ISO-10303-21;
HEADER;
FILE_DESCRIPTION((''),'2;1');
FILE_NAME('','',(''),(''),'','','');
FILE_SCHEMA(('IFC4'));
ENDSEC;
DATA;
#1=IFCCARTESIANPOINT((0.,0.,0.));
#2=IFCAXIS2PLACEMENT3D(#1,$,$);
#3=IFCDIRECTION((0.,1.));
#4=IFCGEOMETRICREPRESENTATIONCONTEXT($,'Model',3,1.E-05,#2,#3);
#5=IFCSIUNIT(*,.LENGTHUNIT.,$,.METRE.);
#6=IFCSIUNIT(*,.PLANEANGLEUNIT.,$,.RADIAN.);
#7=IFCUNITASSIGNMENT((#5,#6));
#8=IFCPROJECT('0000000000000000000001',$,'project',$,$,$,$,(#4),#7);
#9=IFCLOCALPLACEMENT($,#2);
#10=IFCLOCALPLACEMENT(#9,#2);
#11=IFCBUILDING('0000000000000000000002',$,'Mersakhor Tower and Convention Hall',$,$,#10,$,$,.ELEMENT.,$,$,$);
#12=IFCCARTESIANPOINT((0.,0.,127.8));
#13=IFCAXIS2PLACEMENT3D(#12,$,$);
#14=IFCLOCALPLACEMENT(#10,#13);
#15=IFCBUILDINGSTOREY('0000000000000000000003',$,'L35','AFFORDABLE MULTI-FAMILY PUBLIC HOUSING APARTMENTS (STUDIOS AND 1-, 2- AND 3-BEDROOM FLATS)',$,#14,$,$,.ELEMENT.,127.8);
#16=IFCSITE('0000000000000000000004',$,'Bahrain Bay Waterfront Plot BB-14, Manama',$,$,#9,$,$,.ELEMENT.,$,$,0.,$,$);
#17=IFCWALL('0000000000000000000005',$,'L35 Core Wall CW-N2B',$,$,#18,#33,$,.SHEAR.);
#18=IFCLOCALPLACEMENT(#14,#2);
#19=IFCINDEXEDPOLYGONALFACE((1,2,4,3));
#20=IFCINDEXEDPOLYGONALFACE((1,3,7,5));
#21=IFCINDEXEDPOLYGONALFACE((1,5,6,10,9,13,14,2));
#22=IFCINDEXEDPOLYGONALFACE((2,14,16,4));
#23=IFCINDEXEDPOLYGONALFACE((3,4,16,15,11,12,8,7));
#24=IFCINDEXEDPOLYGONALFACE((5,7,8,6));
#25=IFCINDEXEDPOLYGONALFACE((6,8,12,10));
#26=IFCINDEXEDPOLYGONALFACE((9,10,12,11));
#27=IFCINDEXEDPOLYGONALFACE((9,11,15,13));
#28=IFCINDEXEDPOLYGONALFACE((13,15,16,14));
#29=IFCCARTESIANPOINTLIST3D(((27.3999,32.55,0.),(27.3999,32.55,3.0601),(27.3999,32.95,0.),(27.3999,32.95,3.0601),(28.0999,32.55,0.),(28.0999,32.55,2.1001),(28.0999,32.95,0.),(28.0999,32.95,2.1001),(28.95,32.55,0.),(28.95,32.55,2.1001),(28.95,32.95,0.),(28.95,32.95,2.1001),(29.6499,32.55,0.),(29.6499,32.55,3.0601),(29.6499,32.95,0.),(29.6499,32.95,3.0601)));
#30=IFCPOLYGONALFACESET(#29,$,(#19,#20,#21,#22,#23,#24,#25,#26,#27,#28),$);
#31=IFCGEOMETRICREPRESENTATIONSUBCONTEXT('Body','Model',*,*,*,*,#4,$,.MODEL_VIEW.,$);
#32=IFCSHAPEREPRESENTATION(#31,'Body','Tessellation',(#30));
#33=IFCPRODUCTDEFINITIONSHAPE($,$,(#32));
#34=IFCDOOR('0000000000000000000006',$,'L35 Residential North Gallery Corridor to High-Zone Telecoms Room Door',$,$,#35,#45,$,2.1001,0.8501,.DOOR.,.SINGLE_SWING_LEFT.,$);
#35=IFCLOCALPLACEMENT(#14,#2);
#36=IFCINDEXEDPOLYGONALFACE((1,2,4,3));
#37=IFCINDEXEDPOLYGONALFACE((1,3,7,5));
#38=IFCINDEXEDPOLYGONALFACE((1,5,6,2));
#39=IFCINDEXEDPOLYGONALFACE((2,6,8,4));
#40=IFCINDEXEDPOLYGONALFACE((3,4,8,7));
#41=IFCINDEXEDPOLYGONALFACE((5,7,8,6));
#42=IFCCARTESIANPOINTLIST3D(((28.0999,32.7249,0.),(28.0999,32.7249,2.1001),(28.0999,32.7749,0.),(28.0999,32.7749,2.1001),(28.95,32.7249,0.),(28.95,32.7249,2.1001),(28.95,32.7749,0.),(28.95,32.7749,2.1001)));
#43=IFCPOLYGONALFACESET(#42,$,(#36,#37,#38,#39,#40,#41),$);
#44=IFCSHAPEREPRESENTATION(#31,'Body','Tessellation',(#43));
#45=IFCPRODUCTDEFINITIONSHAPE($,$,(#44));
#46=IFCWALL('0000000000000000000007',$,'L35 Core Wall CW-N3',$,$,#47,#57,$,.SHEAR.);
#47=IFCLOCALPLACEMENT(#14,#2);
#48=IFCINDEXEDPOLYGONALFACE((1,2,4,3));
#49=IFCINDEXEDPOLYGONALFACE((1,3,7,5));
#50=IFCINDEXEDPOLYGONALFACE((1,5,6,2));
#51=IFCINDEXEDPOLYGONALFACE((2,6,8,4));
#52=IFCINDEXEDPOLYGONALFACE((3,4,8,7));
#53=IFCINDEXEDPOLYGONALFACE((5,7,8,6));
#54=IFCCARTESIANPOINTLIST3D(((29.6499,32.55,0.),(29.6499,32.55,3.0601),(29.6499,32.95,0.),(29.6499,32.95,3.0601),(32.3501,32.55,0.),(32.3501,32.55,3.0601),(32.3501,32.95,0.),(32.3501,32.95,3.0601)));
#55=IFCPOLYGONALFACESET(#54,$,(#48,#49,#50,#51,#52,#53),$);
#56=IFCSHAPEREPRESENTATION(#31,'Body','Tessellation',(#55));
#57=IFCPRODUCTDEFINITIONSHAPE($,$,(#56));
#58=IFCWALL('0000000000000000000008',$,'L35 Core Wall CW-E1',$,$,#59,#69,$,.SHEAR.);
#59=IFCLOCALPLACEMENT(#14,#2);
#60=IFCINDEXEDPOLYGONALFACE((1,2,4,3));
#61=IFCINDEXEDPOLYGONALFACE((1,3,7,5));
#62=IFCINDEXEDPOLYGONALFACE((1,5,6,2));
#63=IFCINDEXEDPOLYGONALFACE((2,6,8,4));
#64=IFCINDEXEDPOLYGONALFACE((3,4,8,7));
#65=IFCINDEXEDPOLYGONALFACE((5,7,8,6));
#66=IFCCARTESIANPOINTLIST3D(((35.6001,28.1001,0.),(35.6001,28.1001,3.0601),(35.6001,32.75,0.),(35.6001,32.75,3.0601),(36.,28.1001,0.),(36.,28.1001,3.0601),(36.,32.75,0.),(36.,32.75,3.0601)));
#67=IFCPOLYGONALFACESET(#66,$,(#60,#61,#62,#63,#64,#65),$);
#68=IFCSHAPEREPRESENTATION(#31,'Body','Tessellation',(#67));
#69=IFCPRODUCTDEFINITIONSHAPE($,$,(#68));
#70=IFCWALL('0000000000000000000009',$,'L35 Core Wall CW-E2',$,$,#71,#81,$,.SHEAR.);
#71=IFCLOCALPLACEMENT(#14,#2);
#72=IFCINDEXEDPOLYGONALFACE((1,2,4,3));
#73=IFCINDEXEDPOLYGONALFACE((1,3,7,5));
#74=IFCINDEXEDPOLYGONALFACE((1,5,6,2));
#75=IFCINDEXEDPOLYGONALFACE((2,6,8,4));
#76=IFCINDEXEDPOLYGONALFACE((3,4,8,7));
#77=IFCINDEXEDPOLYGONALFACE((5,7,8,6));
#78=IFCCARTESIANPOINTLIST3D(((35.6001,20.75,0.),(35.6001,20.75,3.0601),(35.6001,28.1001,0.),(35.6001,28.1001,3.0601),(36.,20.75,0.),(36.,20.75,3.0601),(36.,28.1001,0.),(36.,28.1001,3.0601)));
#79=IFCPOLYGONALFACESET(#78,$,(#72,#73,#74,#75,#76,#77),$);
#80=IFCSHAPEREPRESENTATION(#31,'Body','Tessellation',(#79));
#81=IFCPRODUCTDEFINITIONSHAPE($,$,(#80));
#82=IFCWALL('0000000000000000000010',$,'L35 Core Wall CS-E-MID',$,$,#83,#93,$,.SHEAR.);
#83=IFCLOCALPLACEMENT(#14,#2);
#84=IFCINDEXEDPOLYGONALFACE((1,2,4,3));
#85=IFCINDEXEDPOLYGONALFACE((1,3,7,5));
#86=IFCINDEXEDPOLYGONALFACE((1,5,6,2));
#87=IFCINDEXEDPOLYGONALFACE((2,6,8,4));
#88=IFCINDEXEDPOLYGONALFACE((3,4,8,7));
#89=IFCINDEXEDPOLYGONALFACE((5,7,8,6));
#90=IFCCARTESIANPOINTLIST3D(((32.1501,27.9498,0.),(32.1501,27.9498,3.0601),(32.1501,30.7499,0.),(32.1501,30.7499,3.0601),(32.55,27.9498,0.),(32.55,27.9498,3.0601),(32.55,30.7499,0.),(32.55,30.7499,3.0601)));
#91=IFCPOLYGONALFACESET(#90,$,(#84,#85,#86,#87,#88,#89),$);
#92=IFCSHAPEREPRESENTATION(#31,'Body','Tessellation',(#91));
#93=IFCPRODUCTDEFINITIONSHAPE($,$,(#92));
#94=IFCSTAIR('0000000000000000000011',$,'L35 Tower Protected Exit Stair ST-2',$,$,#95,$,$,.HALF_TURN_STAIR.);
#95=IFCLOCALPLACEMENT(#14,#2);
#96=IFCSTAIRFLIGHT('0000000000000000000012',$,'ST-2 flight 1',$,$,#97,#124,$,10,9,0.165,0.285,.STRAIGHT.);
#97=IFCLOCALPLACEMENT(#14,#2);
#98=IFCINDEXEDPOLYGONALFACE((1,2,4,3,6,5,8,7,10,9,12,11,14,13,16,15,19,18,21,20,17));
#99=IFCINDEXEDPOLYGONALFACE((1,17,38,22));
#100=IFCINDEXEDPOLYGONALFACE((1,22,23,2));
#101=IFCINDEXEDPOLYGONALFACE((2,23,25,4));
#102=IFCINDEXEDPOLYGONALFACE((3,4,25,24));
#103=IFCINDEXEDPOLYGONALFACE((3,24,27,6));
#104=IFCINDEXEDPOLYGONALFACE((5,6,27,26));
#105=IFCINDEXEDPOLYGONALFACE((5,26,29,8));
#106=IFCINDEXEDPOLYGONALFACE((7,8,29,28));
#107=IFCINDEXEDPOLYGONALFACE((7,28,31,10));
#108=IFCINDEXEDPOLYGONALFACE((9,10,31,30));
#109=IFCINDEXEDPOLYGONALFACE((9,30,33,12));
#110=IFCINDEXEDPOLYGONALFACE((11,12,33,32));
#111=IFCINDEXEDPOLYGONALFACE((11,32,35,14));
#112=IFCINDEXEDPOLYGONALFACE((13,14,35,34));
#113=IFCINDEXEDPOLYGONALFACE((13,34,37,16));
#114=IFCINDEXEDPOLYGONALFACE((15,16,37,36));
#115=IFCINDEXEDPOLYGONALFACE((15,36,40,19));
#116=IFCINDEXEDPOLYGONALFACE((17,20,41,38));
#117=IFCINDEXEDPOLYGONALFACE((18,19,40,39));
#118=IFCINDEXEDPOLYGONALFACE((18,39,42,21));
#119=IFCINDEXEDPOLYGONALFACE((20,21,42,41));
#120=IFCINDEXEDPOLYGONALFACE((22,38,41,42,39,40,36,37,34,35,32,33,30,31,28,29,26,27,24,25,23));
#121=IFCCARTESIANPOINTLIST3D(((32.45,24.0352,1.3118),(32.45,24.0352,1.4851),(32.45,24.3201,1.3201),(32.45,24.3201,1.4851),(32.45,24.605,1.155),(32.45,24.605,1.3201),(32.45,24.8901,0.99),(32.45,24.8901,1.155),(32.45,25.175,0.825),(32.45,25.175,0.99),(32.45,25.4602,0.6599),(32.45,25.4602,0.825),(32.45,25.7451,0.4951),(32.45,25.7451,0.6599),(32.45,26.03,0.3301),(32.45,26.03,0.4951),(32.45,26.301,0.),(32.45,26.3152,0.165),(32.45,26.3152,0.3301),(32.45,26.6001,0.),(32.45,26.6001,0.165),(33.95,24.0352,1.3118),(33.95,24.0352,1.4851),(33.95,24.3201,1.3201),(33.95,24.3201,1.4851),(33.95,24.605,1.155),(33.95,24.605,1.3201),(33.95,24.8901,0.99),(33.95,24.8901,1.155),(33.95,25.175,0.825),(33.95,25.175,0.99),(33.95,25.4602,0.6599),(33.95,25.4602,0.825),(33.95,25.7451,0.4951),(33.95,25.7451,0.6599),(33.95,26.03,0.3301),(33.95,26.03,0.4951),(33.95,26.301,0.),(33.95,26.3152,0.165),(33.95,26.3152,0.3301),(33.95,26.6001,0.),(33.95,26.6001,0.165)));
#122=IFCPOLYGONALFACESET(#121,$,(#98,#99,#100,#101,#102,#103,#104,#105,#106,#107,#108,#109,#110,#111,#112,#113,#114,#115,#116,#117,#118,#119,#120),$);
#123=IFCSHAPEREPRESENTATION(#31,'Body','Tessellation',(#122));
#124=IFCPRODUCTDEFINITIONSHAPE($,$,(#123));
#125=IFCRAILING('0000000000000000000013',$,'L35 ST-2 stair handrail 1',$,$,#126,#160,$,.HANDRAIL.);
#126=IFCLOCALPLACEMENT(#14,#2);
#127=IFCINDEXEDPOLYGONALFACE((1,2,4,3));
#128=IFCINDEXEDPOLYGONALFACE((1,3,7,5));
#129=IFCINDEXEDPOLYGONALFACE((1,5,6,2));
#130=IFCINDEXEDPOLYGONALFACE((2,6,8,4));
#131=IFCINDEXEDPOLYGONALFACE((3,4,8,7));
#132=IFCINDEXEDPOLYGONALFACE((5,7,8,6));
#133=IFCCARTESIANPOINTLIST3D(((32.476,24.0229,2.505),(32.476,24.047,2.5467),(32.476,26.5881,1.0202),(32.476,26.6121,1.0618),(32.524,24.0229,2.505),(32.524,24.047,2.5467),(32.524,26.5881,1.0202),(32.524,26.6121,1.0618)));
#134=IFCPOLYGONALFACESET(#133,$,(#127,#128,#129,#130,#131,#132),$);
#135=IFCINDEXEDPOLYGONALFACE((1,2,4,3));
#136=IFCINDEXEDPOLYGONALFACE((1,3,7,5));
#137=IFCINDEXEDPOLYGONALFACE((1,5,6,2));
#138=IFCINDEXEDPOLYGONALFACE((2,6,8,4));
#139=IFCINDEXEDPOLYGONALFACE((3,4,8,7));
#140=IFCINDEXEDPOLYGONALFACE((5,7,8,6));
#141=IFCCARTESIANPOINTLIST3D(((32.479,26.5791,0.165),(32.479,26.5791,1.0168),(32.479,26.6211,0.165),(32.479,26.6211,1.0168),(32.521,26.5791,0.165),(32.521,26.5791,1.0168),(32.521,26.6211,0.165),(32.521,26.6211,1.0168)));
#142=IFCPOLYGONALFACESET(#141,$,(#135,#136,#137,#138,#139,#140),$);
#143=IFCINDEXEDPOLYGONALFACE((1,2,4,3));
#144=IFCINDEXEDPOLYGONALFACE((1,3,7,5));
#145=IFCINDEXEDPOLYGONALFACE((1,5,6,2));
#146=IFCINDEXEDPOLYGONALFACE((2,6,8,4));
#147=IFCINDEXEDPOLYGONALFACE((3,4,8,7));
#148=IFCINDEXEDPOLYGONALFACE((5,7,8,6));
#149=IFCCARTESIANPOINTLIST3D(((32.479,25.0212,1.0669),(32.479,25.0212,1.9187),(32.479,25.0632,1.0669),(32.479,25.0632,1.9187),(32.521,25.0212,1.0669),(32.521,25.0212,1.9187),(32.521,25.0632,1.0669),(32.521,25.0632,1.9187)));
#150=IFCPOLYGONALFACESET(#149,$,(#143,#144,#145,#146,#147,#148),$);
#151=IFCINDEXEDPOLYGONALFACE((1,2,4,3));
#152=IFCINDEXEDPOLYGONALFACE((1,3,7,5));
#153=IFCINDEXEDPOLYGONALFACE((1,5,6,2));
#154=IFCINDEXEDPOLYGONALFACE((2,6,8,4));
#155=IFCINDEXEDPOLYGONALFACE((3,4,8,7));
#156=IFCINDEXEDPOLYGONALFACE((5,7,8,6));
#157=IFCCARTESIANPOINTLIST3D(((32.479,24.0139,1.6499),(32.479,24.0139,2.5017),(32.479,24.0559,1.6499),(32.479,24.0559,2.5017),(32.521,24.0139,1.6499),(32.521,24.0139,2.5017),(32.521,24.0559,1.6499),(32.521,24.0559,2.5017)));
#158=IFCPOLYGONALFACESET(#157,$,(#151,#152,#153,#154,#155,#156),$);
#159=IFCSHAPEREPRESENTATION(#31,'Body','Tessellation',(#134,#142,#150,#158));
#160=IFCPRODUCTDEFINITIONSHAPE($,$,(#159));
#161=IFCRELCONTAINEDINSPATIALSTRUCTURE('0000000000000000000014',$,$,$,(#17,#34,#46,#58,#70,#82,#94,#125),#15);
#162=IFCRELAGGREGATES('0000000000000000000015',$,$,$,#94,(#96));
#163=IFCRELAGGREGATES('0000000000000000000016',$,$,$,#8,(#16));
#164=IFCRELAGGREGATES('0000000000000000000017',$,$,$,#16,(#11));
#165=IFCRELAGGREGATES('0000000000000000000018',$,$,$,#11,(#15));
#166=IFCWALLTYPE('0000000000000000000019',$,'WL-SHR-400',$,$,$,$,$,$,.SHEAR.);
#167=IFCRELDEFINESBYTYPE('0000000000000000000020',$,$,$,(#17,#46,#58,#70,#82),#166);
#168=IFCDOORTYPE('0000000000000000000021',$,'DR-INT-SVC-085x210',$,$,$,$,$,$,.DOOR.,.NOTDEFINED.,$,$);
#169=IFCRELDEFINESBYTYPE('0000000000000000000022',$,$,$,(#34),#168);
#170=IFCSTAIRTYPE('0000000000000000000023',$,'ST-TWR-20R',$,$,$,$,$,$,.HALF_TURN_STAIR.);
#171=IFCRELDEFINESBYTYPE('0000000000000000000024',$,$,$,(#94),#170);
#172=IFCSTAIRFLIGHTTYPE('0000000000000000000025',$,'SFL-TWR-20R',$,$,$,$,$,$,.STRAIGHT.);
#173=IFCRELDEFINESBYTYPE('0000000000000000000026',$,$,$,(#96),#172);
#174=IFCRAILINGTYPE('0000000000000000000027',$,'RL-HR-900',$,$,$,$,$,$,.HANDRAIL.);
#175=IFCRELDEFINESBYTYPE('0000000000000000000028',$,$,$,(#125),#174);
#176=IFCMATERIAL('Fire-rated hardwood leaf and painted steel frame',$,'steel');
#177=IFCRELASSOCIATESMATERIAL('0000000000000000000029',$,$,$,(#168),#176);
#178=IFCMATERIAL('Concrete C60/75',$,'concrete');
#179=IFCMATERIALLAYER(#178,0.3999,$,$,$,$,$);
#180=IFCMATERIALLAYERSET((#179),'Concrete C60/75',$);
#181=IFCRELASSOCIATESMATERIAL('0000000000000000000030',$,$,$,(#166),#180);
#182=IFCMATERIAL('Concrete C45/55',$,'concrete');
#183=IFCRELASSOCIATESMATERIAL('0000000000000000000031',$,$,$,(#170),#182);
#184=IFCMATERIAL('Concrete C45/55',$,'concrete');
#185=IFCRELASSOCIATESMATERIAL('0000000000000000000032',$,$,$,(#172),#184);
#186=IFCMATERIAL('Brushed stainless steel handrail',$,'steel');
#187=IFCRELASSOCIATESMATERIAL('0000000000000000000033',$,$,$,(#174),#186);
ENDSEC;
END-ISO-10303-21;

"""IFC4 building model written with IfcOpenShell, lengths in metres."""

from ifc_helpers import new_model, si_unit, direction, frame, frame_2d, origin, origin_2d, place, context, subcontext, project, spatial, polyline, rectangle, outline, extrude, material, layer, layer_set, type_object, element, fill, aggregate, save


model = new_model("IFC4")

# Units and contexts
model_context = context("Model", 3, precision=1e-05, world=origin(), true_north=direction((0.0, 1.0)))
body_context = subcontext(model_context, "Body", "Model", "MODEL_VIEW")
ifc_project = project(units=[si_unit("LENGTHUNIT", "METRE"), si_unit("PLANEANGLEUNIT", "RADIAN")], contexts=[model_context])

# Site, building, storey
site_placement = place(None, origin())
site = spatial("IfcSite", under=ifc_project, at=site_placement, Name="Bahrain Bay Waterfront Plot BB-14, Manama", CompositionType="ELEMENT", RefElevation=0.0)
building_placement = place(site_placement, origin())
building = spatial("IfcBuilding", under=site, at=building_placement, Name="Mersakhor Tower and Convention Hall", CompositionType="ELEMENT")
storey_placement = place(building_placement, frame((0.0, 0.0, 127.8)))
storey = spatial("IfcBuildingStorey", under=building, at=storey_placement, Name="L35", Description="AFFORDABLE MULTI-FAMILY PUBLIC HOUSING APARTMENTS (STUDIOS AND 1-, 2- AND 3-BEDROOM FLATS)", CompositionType="ELEMENT", Elevation=127.8)

# Shared definitions
ifc_material_1 = material(Name="Fire-rated hardwood leaf and painted steel frame", Category="steel")
door_type_1 = type_object("IfcDoorType", Name="DR-INT-SVC-085x210", OperationType="NOTDEFINED", PredefinedType="DOOR", material=ifc_material_1)

# Wall, opening, door
ifc_material_2 = material(Name="Concrete C60/75", Category="concrete")
ifc_layer_1 = layer(ifc_material_2, 0.3999)
ifc_layer_set_1 = layer_set([ifc_layer_1], Name="Concrete C60/75")
wall_type_1 = type_object("IfcWallType", Name="WL-SHR-400", PredefinedType="SHEAR", material=ifc_layer_set_1)
wall_1_placement = place(storey_placement, frame((27.3999, 32.75, 0.0), z_axis=(0.0, 0.0, 1.0), x_axis=(1.0, 0.0, 0.0)))
wall_1 = element("IfcWall", 1, at=wall_1_placement, inside=storey, type_object=wall_type_1, Name="L35 Core Wall CW-N2B", PredefinedType="SHEAR", context=body_context, shape_type="SweptSolid", body=[
    extrude(rectangle(XDim=2.25, YDim=0.3999, at=frame_2d((1.125, 0.0))), origin(), (0.0, 0.0, 1.0), 3.0601),
])
opening_1_placement = place(wall_1_placement, frame((0.7, 0.0, 0.0)))
opening_1 = element("IfcOpeningElement", 2, at=opening_1_placement, cuts=wall_1, PredefinedType="OPENING", context=body_context, shape_type="SweptSolid", body=[
    extrude(rectangle(XDim=0.8501, YDim=2.1001, at=frame_2d((0.425, 1.05))), frame((0.0, 0.21, 0.0), z_axis=(0.0, -1.0, 0.0), x_axis=(1.0, 0.0, 0.0)), (0.0, 0.0, 1.0), 0.4199),
])
door_1_placement = place(opening_1_placement, origin())
door_1 = element("IfcDoor", 3, at=door_1_placement, inside=storey, type_object=door_type_1, Name="L35 Residential North Gallery Corridor to High-Zone Telecoms Room Door", OperationType="SINGLE_SWING_LEFT", OverallHeight=2.1001, OverallWidth=0.8501, PredefinedType="DOOR", context=body_context, shape_type="SweptSolid", body=[
    extrude(rectangle(XDim=0.8501, YDim=2.1001, at=frame_2d((0.425, 1.05))), frame((0.0, 0.0249, 0.0), z_axis=(0.0, -1.0, 0.0), x_axis=(1.0, 0.0, 0.0)), (0.0, 0.0, 1.0), 0.05),
])
fill(opening_1, door_1)

# Wall
wall_2_placement = place(storey_placement, frame((29.6499, 32.75, 0.0), z_axis=(0.0, 0.0, 1.0), x_axis=(1.0, 0.0, 0.0)))
element("IfcWall", 4, at=wall_2_placement, inside=storey, type_object=wall_type_1, Name="L35 Core Wall CW-N3", PredefinedType="SHEAR", context=body_context, shape_type="SweptSolid", body=[
    extrude(rectangle(XDim=2.7002, YDim=0.3999, at=frame_2d((1.3501, 0.0))), origin(), (0.0, 0.0, 1.0), 3.0601),
])

# Walls
wall_3_placement = place(storey_placement, frame((35.8, 32.75, 0.0), z_axis=(0.0, 0.0, 1.0), x_axis=(0.0, -1.0, 0.0)))
element("IfcWall", 5, at=wall_3_placement, inside=storey, type_object=wall_type_1, Name="L35 Core Wall CW-E1", PredefinedType="SHEAR", context=body_context, shape_type="SweptSolid", body=[
    extrude(rectangle(XDim=4.6499, YDim=0.3999, at=frame_2d((2.325, 0.0))), origin(), (0.0, 0.0, 1.0), 3.0601),
])
wall_4_placement = place(storey_placement, frame((35.8, 28.1001, 0.0), z_axis=(0.0, 0.0, 1.0), x_axis=(0.0, -1.0, 0.0)))
element("IfcWall", 6, at=wall_4_placement, inside=storey, type_object=wall_type_1, Name="L35 Core Wall CW-E2", PredefinedType="SHEAR", context=body_context, shape_type="SweptSolid", body=[
    extrude(rectangle(XDim=7.3501, YDim=0.3999, at=frame_2d((3.675, 0.0))), origin(), (0.0, 0.0, 1.0), 3.0601),
])
wall_5_placement = place(storey_placement, frame((32.3501, 27.95, 0.0), z_axis=(0.0, 0.0, 1.0), x_axis=(0.0, 1.0, 0.0)))
element("IfcWall", 7, at=wall_5_placement, inside=storey, type_object=wall_type_1, Name="L35 Core Wall CS-E-MID", PredefinedType="SHEAR", context=body_context, shape_type="SweptSolid", body=[
    extrude(rectangle(XDim=2.8, YDim=0.3999, at=frame_2d((1.3999, 0.0))), origin(), (0.0, 0.0, 1.0), 3.0601),
])

# Stair, stair flight
ifc_material_3 = material(Name="Concrete C45/55", Category="concrete")
stair_type = type_object("IfcStairType", Name="ST-TWR-20R", PredefinedType="HALF_TURN_STAIR", material=ifc_material_3)
stair_placement = place(storey_placement, origin())
stair = element("IfcStair", 8, at=stair_placement, inside=storey, type_object=stair_type, Name="L35 Tower Protected Exit Stair ST-2", PredefinedType="HALF_TURN_STAIR")
ifc_material_4 = material(Name="Concrete C45/55", Category="concrete")
stair_flight_type = type_object("IfcStairFlightType", Name="SFL-TWR-20R", PredefinedType="STRAIGHT", material=ifc_material_4)
stair_flight_placement = place(storey_placement, frame((33.2, 26.6001, 0.0), z_axis=(0.0, 0.0, 1.0), x_axis=(0.0, -1.0, 0.0)))
stair_flight = element("IfcStairFlight", 9, at=stair_flight_placement, type_object=stair_flight_type, Name="ST-2 flight 1", NumberOfRisers=10, NumberOfTreads=9, PredefinedType="STRAIGHT", RiserHeight=0.165, TreadLength=0.285, context=body_context, shape_type="SweptSolid", body=[
    extrude(outline(polyline([(0.0, 0.0), (0.0, 0.165), (0.2849, 0.165), (0.2849, 0.3301), (0.5701, 0.3301), (0.5701, 0.4951), (0.855, 0.4951), (0.855, 0.6599), (1.1399, 0.6599), (1.1399, 0.825), (1.425, 0.825), (1.425, 0.99), (1.71, 0.99), (1.71, 1.155), (1.9951, 1.155), (1.9951, 1.3201), (2.28, 1.3201), (2.28, 1.4851), (2.5649, 1.4851), (2.5649, 1.6499), (2.5649, 1.3118), (0.2991, 0.0), (0.0, 0.0)])), frame((0.0, 0.75, 0.0), z_axis=(0.0, -1.0, 0.0), x_axis=(1.0, 0.0, 0.0)), (0.0, 0.0, 1.0), 1.5),
])
aggregate(stair, [stair_flight])

# Railing
ifc_material_5 = material(Name="Brushed stainless steel handrail", Category="steel")
railing_type_1 = type_object("IfcRailingType", Name="RL-HR-900", PredefinedType="HANDRAIL", material=ifc_material_5)
railing_1_placement = place(storey_placement, frame((32.5, 26.6001, 0.165)))
element("IfcRailing", 10, at=railing_1_placement, inside=storey, type_object=railing_type_1, Name="L35 ST-2 stair handrail 1", PredefinedType="HANDRAIL", context=body_context, shape_type="SweptSolid", body=[
    extrude(rectangle(XDim=0.0481, YDim=0.0481, at=origin_2d()), frame((0.0, 0.0, 0.876), z_axis=(0.0, -0.865462, 0.500975), x_axis=(1.0, 0.0, 0.0)), (0.0, 0.0, 1.0), 2.9639),
    extrude(rectangle(XDim=0.042, YDim=0.042, at=origin_2d()), origin(), (0.0, 0.0, 1.0), 0.8518),
    extrude(rectangle(XDim=0.042, YDim=0.042, at=origin_2d()), frame((0.0, -1.5579, 0.9019)), (0.0, 0.0, 1.0), 0.8518),
    extrude(rectangle(XDim=0.042, YDim=0.042, at=origin_2d()), frame((0.0, -2.5652, 1.4849)), (0.0, 0.0, 1.0), 0.8518),
])

save(model, "model.ifc")
